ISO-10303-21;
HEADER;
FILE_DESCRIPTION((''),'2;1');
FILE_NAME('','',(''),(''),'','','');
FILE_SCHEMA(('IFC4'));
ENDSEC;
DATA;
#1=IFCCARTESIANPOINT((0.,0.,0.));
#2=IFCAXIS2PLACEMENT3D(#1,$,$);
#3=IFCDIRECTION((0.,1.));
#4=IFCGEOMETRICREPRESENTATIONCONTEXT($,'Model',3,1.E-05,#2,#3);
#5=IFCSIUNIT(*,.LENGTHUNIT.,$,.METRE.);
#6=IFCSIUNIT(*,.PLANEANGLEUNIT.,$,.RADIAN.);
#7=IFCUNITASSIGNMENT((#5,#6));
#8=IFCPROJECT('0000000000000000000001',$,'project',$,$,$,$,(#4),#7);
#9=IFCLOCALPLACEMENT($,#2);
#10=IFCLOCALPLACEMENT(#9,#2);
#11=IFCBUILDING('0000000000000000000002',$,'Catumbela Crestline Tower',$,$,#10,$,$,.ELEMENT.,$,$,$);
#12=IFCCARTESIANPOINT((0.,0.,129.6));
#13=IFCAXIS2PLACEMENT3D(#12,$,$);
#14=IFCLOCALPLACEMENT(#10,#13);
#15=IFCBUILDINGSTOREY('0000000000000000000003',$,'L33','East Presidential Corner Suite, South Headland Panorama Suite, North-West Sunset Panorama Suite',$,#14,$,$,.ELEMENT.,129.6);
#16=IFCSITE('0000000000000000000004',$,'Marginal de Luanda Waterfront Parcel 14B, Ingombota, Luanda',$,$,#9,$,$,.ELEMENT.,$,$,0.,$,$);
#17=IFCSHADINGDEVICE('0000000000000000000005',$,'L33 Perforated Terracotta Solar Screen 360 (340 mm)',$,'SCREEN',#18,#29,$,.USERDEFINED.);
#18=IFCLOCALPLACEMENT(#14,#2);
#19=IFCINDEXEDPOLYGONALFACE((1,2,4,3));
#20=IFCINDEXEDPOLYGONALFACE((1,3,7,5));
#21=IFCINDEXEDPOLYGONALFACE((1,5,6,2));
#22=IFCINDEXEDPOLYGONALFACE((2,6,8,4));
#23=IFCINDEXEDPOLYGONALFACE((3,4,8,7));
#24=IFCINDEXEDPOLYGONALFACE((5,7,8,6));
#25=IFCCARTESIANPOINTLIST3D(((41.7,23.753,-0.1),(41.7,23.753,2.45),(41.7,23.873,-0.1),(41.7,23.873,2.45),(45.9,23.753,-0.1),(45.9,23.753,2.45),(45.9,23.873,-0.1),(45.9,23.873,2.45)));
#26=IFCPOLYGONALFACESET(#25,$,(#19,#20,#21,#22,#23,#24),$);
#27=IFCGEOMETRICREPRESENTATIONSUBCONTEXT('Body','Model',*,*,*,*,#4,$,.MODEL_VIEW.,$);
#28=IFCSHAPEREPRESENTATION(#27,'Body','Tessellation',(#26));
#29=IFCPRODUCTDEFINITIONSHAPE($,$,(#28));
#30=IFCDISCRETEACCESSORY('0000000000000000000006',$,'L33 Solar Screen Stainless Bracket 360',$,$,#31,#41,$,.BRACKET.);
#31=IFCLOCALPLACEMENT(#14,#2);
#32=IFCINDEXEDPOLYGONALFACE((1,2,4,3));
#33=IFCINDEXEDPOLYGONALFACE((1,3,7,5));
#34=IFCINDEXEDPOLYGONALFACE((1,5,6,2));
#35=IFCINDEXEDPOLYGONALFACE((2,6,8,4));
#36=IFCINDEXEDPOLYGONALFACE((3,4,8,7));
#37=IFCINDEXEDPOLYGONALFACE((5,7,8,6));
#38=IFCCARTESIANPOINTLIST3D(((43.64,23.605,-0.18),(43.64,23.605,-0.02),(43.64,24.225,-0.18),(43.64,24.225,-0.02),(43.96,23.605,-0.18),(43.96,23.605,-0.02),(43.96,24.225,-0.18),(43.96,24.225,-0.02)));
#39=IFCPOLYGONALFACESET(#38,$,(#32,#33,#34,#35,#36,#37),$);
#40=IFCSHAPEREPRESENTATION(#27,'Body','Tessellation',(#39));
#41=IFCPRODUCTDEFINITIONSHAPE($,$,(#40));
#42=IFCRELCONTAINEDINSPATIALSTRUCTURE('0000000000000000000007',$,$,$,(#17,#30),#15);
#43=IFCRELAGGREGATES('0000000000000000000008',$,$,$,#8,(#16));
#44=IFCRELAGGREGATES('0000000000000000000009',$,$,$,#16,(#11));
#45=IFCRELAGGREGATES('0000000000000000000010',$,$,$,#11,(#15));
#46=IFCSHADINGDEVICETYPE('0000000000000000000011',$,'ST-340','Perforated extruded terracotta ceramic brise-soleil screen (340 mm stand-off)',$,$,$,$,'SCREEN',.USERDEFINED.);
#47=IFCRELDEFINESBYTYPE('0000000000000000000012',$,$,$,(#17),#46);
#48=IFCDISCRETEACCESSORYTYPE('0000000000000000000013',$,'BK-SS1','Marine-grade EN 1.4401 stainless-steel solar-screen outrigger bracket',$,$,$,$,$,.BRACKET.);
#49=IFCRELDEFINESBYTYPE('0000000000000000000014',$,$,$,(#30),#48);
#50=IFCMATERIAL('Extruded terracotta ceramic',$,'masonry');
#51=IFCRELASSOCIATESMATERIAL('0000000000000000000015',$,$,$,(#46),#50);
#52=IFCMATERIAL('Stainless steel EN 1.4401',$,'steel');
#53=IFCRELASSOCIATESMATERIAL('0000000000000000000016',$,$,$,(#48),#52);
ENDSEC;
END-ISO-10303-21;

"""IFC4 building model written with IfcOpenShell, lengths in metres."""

from ifc_helpers import new_model, si_unit, direction, frame, origin, origin_2d, place, context, subcontext, project, spatial, rectangle, extrude, material, type_object, element, save


model = new_model("IFC4")

# Units and contexts
model_context = context("Model", 3, precision=1e-05, world=origin(), true_north=direction((0.0, 1.0)))
body_context = subcontext(model_context, "Body", "Model", "MODEL_VIEW")
ifc_project = project(units=[si_unit("LENGTHUNIT", "METRE"), si_unit("PLANEANGLEUNIT", "RADIAN")], contexts=[model_context])

# Site, building, storey
site_placement = place(None, origin())
site = spatial("IfcSite", under=ifc_project, at=site_placement, Name="Marginal de Luanda Waterfront Parcel 14B, Ingombota, Luanda", CompositionType="ELEMENT", RefElevation=0.0)
building_placement = place(site_placement, origin())
building = spatial("IfcBuilding", under=site, at=building_placement, Name="Catumbela Crestline Tower", CompositionType="ELEMENT")
storey_placement = place(building_placement, frame((0.0, 0.0, 129.6)))
storey = spatial("IfcBuildingStorey", under=building, at=storey_placement, Name="L33", Description="East Presidential Corner Suite, South Headland Panorama Suite, North-West Sunset Panorama Suite", CompositionType="ELEMENT", Elevation=129.6)

# Shading device
ifc_material_1 = material(Name="Extruded terracotta ceramic", Category="masonry")
shading_device_type = type_object("IfcShadingDeviceType", Name="ST-340", Description="Perforated extruded terracotta ceramic brise-soleil screen (340 mm stand-off)", ElementType="SCREEN", PredefinedType="USERDEFINED", material=ifc_material_1)
shading_device_placement = place(storey_placement, frame((43.8, 23.813, -0.1), z_axis=(0.0, 0.0, 1.0), x_axis=(1.0, 0.0, 0.0)))
element("IfcShadingDevice", 1, at=shading_device_placement, inside=storey, type_object=shading_device_type, Name="L33 Perforated Terracotta Solar Screen 360 (340 mm)", ObjectType="SCREEN", PredefinedType="USERDEFINED", context=body_context, shape_type="SweptSolid", body=[
    extrude(rectangle(XDim=4.2, YDim=0.12, at=origin_2d()), origin(), (0.0, 0.0, 1.0), 2.55),
])

# Discrete accessory
ifc_material_2 = material(Name="Stainless steel EN 1.4401", Category="steel")
discrete_accessory_type = type_object("IfcDiscreteAccessoryType", Name="BK-SS1", Description="Marine-grade EN 1.4401 stainless-steel solar-screen outrigger bracket", PredefinedType="BRACKET", material=ifc_material_2)
discrete_accessory_placement = place(storey_placement, frame((43.8, 23.915, -0.18), z_axis=(0.0, 0.0, 1.0), x_axis=(1.0, 0.0, 0.0)))
element("IfcDiscreteAccessory", 2, at=discrete_accessory_placement, inside=storey, type_object=discrete_accessory_type, Name="L33 Solar Screen Stainless Bracket 360", PredefinedType="BRACKET", context=body_context, shape_type="SweptSolid", body=[
    extrude(rectangle(XDim=0.32, YDim=0.62, at=origin_2d()), origin(), (0.0, 0.0, 1.0), 0.16),
])

save(model, "model.ifc")
